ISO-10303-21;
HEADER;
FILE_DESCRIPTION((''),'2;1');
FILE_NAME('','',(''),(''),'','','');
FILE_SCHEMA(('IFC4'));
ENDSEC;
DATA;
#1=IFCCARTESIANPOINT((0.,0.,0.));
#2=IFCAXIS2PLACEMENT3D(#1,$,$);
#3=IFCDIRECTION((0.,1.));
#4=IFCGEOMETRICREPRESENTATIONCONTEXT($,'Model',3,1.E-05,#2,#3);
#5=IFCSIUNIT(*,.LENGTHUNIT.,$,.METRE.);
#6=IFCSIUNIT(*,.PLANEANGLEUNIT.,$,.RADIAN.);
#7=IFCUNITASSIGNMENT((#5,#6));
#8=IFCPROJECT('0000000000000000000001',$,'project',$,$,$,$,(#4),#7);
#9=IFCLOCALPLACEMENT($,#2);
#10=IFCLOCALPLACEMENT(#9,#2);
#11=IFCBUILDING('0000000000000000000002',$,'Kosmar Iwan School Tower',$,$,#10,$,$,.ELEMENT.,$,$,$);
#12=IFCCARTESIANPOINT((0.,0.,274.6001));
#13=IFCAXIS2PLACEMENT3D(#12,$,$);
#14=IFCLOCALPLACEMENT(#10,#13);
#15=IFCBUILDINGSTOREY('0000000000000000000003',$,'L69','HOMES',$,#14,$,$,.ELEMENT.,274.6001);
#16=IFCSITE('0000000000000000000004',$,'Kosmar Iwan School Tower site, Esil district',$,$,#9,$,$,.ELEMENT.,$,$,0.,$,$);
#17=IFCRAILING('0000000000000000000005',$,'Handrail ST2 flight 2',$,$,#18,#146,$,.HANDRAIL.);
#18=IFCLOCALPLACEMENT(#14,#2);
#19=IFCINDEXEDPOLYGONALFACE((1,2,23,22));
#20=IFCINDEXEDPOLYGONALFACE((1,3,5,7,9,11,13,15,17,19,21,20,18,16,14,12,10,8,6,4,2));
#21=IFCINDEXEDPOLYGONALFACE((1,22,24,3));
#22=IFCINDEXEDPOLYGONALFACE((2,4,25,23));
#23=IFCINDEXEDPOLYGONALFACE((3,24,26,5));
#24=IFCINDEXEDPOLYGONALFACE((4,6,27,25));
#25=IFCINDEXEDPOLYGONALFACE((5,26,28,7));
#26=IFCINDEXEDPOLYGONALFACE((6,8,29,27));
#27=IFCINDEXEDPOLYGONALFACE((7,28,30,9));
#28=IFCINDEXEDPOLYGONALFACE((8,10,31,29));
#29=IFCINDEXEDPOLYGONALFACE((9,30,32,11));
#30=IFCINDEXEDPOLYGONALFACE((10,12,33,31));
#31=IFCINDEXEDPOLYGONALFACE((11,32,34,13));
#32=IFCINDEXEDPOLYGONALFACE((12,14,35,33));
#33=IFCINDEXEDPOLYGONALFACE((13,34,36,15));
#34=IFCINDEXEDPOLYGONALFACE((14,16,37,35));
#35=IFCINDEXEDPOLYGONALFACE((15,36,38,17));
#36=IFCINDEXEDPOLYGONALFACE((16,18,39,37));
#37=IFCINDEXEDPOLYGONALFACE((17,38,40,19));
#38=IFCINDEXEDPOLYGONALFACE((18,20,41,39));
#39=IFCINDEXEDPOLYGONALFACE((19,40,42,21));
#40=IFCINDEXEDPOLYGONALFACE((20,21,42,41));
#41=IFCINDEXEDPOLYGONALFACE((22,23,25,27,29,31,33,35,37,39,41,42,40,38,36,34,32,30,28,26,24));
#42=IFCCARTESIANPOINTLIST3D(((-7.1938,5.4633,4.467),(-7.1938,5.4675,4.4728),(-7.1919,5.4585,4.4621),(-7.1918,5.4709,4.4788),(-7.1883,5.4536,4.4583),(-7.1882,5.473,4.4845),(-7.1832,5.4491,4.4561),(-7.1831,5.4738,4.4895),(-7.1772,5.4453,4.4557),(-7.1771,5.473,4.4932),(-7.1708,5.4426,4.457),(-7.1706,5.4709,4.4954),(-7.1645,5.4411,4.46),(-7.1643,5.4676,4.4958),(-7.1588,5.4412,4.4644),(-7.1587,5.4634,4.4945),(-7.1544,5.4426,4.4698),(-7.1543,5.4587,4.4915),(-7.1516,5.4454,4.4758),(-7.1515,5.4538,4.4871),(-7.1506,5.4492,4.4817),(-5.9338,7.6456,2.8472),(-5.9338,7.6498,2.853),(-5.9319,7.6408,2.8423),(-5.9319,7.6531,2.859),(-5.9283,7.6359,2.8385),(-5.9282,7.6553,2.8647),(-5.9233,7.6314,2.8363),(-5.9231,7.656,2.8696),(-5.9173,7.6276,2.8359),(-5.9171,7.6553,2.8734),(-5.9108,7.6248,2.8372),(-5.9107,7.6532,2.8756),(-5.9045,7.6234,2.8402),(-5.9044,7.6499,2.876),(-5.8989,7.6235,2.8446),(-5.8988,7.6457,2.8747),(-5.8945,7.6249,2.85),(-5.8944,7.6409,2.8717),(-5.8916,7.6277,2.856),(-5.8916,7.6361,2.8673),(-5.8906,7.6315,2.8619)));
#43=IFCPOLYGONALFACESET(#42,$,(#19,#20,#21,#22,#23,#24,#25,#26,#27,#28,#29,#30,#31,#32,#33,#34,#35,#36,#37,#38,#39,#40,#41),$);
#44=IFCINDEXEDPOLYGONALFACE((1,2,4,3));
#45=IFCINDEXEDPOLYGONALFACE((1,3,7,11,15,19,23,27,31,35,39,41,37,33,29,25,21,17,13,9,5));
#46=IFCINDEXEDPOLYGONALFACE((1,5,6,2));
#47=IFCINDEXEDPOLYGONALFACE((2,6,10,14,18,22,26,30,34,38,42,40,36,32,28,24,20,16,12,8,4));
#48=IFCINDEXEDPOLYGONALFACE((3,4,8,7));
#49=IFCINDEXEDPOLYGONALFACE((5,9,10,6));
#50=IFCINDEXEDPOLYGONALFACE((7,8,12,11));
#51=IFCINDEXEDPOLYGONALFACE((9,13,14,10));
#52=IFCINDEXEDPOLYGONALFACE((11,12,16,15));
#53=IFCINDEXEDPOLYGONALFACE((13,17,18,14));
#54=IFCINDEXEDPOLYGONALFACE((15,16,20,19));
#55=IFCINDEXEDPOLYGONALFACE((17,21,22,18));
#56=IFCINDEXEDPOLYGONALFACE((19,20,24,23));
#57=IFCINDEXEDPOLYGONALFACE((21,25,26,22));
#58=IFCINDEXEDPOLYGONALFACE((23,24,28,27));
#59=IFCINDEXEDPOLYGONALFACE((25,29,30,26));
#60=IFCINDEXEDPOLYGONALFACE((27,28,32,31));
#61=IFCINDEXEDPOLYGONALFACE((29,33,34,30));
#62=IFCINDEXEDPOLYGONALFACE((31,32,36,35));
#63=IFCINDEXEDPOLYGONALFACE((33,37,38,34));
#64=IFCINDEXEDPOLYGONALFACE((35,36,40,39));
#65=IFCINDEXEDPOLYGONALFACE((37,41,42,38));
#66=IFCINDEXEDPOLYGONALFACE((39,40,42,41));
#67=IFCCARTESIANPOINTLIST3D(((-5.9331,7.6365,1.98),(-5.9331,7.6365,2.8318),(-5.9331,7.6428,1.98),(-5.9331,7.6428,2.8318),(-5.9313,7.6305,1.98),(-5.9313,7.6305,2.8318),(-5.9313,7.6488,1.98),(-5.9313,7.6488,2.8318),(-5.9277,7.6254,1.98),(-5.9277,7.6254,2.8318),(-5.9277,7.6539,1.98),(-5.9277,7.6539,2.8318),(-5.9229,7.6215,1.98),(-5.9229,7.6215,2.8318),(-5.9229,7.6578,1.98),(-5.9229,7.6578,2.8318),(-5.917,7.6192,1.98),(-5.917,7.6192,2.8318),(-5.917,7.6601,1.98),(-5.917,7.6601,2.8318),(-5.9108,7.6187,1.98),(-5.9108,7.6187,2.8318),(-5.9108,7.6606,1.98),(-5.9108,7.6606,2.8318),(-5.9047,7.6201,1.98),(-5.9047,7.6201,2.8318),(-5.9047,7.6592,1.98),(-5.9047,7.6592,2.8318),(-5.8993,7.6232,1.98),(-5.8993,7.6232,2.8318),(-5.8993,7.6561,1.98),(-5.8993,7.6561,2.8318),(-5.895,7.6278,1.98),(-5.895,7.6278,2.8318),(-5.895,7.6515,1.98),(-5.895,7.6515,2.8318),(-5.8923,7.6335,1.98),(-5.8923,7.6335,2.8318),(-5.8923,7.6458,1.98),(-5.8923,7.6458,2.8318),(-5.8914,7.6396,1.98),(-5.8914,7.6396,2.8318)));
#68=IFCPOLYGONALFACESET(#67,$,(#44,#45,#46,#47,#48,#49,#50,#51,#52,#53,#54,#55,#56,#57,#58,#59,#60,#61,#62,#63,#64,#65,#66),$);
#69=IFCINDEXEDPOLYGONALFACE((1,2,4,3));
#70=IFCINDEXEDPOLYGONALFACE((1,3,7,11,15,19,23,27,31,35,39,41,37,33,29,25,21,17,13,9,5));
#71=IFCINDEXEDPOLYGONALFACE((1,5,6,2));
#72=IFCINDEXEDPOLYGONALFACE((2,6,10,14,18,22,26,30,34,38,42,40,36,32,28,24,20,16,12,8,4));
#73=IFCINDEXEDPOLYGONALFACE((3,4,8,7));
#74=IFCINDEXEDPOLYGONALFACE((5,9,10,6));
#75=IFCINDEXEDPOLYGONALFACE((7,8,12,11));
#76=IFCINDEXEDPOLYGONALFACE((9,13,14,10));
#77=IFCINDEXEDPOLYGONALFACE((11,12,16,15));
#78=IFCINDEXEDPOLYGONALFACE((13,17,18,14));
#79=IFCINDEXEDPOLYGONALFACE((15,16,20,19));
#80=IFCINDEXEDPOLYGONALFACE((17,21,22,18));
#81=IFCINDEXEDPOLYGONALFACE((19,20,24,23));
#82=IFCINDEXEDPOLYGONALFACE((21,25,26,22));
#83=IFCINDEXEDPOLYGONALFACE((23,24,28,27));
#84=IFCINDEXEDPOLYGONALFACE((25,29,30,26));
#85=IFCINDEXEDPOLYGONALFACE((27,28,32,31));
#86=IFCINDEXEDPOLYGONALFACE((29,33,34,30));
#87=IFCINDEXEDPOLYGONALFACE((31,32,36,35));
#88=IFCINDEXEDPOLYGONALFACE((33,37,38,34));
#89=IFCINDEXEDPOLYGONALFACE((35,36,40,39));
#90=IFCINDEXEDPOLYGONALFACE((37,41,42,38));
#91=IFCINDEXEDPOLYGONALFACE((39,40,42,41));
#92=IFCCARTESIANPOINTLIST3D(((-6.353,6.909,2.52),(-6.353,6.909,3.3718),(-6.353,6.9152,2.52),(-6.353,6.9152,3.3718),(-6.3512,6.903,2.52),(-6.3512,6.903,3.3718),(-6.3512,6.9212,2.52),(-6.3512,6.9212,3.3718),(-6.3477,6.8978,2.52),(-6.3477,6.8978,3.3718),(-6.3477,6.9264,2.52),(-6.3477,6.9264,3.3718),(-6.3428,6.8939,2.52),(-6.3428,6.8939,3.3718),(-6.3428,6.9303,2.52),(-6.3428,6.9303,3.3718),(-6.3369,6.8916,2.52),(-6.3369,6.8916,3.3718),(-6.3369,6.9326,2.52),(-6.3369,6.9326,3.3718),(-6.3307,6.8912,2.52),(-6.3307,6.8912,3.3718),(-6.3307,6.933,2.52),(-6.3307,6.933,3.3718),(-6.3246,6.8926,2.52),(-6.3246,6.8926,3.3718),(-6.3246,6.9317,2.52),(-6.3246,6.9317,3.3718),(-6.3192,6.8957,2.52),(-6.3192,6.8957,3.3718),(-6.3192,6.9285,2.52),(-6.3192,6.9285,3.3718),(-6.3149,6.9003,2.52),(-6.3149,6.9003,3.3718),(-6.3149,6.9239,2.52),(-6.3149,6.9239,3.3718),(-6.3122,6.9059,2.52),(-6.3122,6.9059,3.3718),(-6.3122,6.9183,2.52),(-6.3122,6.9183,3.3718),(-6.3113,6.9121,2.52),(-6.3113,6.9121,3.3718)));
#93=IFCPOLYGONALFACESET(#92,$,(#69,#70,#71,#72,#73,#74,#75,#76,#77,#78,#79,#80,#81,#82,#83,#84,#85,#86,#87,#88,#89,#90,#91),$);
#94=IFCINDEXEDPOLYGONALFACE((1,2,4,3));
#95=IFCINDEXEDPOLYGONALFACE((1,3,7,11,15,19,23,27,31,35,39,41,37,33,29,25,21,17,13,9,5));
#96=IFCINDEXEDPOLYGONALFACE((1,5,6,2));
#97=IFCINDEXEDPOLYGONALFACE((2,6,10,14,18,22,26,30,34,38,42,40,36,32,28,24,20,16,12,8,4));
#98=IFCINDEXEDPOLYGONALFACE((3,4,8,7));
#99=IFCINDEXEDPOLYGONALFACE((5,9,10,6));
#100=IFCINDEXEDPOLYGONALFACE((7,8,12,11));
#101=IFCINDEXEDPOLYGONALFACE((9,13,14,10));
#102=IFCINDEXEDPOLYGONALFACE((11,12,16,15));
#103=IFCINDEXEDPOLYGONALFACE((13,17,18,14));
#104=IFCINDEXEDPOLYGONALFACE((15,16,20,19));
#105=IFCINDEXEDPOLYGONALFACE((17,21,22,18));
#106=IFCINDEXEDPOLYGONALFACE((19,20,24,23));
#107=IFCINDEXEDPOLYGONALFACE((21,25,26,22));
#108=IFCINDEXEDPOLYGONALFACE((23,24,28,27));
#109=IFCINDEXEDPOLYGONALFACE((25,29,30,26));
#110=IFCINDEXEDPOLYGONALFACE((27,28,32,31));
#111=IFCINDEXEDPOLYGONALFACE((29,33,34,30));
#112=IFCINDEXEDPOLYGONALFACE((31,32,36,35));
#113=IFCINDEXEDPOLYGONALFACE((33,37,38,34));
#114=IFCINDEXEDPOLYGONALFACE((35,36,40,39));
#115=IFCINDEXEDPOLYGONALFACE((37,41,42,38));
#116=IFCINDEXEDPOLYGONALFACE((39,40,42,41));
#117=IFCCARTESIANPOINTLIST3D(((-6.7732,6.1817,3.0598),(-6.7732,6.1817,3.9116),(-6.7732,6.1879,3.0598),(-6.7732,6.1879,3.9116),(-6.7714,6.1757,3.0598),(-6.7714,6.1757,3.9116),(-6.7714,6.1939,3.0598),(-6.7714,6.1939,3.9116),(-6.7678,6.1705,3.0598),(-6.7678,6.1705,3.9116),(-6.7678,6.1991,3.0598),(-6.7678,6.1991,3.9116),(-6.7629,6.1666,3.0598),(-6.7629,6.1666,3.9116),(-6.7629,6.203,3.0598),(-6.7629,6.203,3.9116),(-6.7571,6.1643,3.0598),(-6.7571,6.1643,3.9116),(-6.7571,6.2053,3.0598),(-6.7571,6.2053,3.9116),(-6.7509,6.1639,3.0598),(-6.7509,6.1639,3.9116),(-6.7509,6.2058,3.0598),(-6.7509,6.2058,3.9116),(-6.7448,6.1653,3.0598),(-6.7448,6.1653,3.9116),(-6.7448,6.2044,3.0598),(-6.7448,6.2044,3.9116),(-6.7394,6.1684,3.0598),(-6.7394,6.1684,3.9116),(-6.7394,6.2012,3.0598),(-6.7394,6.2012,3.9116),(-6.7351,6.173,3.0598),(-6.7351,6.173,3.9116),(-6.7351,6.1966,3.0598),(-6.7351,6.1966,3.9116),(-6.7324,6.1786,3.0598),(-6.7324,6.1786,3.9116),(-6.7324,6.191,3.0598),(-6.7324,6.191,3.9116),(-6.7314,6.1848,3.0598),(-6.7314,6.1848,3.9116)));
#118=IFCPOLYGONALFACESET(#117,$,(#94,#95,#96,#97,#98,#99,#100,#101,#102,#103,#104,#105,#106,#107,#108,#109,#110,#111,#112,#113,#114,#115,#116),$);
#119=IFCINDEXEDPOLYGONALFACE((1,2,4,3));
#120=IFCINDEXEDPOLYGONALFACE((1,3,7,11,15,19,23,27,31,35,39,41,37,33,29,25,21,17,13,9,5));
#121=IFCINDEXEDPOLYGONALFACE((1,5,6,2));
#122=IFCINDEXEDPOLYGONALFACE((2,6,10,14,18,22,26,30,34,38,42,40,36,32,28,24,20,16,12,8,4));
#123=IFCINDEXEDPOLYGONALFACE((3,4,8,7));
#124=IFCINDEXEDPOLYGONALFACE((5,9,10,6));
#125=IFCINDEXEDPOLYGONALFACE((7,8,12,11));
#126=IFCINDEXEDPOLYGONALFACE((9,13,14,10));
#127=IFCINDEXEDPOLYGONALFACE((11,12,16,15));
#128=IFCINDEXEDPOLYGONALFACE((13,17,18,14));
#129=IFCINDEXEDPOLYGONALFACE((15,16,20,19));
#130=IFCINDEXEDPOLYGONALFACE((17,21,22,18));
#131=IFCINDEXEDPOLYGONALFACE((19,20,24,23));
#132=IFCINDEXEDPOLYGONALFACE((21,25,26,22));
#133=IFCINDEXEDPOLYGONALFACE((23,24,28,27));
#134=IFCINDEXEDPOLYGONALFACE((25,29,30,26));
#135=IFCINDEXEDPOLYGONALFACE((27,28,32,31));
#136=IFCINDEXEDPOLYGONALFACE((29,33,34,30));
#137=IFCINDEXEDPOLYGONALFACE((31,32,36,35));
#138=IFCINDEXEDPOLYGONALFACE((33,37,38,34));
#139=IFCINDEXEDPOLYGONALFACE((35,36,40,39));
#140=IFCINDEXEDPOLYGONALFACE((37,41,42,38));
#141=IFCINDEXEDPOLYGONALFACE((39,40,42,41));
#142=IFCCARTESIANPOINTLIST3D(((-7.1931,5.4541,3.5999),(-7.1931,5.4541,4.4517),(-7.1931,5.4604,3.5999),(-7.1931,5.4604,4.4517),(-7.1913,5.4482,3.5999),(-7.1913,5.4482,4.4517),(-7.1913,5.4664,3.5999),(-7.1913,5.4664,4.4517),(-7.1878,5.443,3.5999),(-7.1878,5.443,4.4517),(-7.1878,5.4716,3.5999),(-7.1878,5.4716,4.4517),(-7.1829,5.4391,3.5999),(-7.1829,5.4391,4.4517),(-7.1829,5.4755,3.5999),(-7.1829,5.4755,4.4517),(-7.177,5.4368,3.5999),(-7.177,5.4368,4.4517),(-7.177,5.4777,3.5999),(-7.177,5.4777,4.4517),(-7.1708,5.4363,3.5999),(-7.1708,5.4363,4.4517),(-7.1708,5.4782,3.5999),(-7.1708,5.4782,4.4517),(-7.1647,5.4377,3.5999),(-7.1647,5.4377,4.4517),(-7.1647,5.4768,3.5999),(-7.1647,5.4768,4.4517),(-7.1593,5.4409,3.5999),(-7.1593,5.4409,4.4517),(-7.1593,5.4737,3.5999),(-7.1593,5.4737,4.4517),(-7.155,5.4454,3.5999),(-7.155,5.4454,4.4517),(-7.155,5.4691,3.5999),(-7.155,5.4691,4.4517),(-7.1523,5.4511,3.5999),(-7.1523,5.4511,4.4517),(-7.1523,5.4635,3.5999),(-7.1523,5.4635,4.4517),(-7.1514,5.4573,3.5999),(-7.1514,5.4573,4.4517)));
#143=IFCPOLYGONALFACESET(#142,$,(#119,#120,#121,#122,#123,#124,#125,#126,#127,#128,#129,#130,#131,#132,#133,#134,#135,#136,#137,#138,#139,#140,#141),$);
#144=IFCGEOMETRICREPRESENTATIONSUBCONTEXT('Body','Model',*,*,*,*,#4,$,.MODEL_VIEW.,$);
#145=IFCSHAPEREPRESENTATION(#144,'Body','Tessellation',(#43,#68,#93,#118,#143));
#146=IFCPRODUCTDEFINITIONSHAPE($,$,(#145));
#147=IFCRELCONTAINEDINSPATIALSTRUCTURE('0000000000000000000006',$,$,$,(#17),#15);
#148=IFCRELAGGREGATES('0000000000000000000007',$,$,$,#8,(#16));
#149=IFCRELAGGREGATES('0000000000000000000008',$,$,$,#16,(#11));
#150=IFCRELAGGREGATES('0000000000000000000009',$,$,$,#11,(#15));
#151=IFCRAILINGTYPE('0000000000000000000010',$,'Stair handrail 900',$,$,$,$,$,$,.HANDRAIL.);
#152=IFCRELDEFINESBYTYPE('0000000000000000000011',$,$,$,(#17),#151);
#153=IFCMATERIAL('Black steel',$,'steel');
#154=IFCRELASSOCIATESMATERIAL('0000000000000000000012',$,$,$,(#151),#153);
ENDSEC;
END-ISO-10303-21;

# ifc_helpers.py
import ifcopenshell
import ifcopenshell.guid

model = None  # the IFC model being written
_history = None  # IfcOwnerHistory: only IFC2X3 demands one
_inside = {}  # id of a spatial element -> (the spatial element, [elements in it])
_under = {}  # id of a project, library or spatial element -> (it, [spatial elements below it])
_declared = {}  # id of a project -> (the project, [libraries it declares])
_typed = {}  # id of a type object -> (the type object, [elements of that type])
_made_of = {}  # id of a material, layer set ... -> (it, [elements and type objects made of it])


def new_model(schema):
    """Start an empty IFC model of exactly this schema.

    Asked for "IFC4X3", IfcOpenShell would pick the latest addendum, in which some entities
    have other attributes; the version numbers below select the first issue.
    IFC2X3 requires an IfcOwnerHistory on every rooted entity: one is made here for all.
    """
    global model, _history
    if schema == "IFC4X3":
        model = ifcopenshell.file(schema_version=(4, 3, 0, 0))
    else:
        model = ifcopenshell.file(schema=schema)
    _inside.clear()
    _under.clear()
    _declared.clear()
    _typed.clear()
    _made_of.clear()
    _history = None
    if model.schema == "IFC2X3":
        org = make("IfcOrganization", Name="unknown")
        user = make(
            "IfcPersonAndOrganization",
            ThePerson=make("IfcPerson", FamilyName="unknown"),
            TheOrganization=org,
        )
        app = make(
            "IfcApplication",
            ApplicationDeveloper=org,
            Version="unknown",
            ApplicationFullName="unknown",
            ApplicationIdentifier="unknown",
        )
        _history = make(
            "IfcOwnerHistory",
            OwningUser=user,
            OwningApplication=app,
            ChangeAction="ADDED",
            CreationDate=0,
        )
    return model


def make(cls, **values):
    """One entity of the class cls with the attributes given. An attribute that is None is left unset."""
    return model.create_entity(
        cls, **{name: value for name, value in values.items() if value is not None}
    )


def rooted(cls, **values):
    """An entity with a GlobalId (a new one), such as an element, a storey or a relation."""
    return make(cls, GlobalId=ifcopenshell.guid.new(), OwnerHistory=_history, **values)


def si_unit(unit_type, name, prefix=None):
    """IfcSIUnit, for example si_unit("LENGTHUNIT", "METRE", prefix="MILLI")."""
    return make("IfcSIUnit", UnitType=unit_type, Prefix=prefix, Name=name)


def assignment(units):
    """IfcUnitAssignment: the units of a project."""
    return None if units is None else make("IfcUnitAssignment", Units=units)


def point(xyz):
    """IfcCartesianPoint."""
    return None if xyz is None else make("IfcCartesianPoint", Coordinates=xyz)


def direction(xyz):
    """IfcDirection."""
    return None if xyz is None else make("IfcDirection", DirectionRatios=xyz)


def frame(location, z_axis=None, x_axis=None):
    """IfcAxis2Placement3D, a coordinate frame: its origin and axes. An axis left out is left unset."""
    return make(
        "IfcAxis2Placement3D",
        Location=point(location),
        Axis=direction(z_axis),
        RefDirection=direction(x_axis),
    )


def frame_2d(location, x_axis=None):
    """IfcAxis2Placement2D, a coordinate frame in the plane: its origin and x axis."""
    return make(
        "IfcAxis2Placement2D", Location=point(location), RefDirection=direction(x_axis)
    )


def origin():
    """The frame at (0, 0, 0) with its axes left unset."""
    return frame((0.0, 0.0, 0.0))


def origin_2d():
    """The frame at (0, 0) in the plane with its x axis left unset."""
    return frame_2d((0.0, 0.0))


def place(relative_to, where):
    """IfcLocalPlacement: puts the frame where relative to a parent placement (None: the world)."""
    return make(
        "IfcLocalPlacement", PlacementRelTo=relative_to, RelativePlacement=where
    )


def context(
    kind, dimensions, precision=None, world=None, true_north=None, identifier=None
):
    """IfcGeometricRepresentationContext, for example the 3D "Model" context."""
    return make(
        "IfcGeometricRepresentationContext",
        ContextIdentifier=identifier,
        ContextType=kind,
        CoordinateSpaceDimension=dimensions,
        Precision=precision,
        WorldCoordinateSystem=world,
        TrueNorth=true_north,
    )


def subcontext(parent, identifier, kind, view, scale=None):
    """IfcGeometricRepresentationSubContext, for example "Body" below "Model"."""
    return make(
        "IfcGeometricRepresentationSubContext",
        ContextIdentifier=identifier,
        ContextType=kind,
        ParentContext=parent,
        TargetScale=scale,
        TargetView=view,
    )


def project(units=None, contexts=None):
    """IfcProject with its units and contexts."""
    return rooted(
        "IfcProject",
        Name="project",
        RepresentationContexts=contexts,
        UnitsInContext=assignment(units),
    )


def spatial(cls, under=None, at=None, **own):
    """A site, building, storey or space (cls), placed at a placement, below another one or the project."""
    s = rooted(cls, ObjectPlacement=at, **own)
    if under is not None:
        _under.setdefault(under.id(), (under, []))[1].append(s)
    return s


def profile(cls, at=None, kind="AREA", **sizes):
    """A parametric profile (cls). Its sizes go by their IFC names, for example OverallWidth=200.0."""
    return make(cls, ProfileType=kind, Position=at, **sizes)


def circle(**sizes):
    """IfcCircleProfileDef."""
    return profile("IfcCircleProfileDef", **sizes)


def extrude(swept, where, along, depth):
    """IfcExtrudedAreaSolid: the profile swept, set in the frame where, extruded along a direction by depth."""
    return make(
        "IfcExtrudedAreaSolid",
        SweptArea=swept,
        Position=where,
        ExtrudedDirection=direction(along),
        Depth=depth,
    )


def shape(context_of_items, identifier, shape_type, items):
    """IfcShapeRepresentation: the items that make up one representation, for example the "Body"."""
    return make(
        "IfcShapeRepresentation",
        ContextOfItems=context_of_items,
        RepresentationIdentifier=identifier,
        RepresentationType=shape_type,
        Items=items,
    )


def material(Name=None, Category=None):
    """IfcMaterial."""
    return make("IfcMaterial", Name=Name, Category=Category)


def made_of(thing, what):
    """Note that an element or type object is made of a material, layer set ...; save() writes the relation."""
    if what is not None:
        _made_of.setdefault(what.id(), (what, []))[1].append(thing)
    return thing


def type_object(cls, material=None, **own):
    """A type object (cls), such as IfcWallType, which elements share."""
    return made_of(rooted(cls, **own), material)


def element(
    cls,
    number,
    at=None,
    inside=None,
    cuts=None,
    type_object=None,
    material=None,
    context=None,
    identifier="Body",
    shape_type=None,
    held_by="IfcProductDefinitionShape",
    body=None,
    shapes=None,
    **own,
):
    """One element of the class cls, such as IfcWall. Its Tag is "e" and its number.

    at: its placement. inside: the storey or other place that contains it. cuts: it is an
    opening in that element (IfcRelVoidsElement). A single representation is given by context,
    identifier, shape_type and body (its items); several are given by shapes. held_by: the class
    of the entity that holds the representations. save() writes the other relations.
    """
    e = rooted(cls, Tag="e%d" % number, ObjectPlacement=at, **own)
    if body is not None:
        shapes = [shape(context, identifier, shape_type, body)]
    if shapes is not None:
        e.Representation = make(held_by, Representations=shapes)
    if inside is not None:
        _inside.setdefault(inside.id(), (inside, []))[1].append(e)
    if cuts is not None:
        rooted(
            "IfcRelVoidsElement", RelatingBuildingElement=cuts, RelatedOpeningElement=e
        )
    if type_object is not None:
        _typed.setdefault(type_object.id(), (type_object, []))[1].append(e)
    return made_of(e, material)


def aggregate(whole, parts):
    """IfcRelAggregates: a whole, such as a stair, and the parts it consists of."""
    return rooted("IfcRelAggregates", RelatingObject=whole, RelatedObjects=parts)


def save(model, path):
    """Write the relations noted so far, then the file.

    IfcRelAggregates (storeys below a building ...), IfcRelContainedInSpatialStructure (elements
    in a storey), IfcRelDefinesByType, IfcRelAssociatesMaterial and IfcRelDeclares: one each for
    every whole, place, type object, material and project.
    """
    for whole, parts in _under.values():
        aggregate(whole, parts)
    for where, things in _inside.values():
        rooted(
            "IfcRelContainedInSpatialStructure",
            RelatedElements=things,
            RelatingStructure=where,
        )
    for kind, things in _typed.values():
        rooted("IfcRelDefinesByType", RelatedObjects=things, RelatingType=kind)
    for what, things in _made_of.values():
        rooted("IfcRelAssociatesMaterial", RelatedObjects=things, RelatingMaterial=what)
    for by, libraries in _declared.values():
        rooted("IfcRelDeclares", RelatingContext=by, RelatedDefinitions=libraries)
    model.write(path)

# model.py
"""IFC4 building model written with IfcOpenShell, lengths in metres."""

from ifc_helpers import new_model, si_unit, direction, frame, origin, origin_2d, place, context, subcontext, project, spatial, circle, extrude, material, type_object, element, save


model = new_model("IFC4")

# Units and contexts
model_context = context("Model", 3, precision=1e-05, world=origin(), true_north=direction((0.0, 1.0)))
body_context = subcontext(model_context, "Body", "Model", "MODEL_VIEW")
ifc_project = project(units=[si_unit("LENGTHUNIT", "METRE"), si_unit("PLANEANGLEUNIT", "RADIAN")], contexts=[model_context])

# Site, building, storey
site_placement = place(None, origin())
site = spatial("IfcSite", under=ifc_project, at=site_placement, Name="Kosmar Iwan School Tower site, Esil district", CompositionType="ELEMENT", RefElevation=0.0)
building_placement = place(site_placement, origin())
building = spatial("IfcBuilding", under=site, at=building_placement, Name="Kosmar Iwan School Tower", CompositionType="ELEMENT")
storey_placement = place(building_placement, frame((0.0, 0.0, 274.6001)))
storey = spatial("IfcBuildingStorey", under=building, at=storey_placement, Name="L69", Description="HOMES", CompositionType="ELEMENT", Elevation=274.6001)

# Railing
ifc_material_1 = material(Name="Black steel", Category="steel")
railing_type = type_object("IfcRailingType", Name="Stair handrail 900", PredefinedType="HANDRAIL", material=ifc_material_1)
railing_1_placement = place(storey_placement, frame((-5.9124, 7.6396, 1.98)))
element("IfcRailing", 1, at=railing_1_placement, inside=storey, type_object=railing_type, Name="Handrail ST2 flight 2", PredefinedType="HANDRAIL", context=body_context, shape_type="SweptSolid", body=[
    extrude(circle(Radius=0.0239, at=origin_2d()), frame((0.0, 0.0, 0.876), z_axis=(-0.420603, -0.728496, 0.540728), x_axis=(0.866023, -0.500005, 0.0)), (0.0, 0.0, 1.0), 2.9956),
    extrude(circle(Radius=0.021, at=origin_2d()), origin(), (0.0, 0.0, 1.0), 0.8518),
    extrude(circle(Radius=0.021, at=origin_2d()), frame((-0.4199, -0.7275, 0.54)), (0.0, 0.0, 1.0), 0.8518),
    extrude(circle(Radius=0.021, at=origin_2d()), frame((-0.8401, -1.4548, 1.0798)), (0.0, 0.0, 1.0), 0.8518),
    extrude(circle(Radius=0.021, at=origin_2d()), frame((-1.26, -2.1824, 1.6199)), (0.0, 0.0, 1.0), 0.8518),
])

save(model, "model.ifc")
